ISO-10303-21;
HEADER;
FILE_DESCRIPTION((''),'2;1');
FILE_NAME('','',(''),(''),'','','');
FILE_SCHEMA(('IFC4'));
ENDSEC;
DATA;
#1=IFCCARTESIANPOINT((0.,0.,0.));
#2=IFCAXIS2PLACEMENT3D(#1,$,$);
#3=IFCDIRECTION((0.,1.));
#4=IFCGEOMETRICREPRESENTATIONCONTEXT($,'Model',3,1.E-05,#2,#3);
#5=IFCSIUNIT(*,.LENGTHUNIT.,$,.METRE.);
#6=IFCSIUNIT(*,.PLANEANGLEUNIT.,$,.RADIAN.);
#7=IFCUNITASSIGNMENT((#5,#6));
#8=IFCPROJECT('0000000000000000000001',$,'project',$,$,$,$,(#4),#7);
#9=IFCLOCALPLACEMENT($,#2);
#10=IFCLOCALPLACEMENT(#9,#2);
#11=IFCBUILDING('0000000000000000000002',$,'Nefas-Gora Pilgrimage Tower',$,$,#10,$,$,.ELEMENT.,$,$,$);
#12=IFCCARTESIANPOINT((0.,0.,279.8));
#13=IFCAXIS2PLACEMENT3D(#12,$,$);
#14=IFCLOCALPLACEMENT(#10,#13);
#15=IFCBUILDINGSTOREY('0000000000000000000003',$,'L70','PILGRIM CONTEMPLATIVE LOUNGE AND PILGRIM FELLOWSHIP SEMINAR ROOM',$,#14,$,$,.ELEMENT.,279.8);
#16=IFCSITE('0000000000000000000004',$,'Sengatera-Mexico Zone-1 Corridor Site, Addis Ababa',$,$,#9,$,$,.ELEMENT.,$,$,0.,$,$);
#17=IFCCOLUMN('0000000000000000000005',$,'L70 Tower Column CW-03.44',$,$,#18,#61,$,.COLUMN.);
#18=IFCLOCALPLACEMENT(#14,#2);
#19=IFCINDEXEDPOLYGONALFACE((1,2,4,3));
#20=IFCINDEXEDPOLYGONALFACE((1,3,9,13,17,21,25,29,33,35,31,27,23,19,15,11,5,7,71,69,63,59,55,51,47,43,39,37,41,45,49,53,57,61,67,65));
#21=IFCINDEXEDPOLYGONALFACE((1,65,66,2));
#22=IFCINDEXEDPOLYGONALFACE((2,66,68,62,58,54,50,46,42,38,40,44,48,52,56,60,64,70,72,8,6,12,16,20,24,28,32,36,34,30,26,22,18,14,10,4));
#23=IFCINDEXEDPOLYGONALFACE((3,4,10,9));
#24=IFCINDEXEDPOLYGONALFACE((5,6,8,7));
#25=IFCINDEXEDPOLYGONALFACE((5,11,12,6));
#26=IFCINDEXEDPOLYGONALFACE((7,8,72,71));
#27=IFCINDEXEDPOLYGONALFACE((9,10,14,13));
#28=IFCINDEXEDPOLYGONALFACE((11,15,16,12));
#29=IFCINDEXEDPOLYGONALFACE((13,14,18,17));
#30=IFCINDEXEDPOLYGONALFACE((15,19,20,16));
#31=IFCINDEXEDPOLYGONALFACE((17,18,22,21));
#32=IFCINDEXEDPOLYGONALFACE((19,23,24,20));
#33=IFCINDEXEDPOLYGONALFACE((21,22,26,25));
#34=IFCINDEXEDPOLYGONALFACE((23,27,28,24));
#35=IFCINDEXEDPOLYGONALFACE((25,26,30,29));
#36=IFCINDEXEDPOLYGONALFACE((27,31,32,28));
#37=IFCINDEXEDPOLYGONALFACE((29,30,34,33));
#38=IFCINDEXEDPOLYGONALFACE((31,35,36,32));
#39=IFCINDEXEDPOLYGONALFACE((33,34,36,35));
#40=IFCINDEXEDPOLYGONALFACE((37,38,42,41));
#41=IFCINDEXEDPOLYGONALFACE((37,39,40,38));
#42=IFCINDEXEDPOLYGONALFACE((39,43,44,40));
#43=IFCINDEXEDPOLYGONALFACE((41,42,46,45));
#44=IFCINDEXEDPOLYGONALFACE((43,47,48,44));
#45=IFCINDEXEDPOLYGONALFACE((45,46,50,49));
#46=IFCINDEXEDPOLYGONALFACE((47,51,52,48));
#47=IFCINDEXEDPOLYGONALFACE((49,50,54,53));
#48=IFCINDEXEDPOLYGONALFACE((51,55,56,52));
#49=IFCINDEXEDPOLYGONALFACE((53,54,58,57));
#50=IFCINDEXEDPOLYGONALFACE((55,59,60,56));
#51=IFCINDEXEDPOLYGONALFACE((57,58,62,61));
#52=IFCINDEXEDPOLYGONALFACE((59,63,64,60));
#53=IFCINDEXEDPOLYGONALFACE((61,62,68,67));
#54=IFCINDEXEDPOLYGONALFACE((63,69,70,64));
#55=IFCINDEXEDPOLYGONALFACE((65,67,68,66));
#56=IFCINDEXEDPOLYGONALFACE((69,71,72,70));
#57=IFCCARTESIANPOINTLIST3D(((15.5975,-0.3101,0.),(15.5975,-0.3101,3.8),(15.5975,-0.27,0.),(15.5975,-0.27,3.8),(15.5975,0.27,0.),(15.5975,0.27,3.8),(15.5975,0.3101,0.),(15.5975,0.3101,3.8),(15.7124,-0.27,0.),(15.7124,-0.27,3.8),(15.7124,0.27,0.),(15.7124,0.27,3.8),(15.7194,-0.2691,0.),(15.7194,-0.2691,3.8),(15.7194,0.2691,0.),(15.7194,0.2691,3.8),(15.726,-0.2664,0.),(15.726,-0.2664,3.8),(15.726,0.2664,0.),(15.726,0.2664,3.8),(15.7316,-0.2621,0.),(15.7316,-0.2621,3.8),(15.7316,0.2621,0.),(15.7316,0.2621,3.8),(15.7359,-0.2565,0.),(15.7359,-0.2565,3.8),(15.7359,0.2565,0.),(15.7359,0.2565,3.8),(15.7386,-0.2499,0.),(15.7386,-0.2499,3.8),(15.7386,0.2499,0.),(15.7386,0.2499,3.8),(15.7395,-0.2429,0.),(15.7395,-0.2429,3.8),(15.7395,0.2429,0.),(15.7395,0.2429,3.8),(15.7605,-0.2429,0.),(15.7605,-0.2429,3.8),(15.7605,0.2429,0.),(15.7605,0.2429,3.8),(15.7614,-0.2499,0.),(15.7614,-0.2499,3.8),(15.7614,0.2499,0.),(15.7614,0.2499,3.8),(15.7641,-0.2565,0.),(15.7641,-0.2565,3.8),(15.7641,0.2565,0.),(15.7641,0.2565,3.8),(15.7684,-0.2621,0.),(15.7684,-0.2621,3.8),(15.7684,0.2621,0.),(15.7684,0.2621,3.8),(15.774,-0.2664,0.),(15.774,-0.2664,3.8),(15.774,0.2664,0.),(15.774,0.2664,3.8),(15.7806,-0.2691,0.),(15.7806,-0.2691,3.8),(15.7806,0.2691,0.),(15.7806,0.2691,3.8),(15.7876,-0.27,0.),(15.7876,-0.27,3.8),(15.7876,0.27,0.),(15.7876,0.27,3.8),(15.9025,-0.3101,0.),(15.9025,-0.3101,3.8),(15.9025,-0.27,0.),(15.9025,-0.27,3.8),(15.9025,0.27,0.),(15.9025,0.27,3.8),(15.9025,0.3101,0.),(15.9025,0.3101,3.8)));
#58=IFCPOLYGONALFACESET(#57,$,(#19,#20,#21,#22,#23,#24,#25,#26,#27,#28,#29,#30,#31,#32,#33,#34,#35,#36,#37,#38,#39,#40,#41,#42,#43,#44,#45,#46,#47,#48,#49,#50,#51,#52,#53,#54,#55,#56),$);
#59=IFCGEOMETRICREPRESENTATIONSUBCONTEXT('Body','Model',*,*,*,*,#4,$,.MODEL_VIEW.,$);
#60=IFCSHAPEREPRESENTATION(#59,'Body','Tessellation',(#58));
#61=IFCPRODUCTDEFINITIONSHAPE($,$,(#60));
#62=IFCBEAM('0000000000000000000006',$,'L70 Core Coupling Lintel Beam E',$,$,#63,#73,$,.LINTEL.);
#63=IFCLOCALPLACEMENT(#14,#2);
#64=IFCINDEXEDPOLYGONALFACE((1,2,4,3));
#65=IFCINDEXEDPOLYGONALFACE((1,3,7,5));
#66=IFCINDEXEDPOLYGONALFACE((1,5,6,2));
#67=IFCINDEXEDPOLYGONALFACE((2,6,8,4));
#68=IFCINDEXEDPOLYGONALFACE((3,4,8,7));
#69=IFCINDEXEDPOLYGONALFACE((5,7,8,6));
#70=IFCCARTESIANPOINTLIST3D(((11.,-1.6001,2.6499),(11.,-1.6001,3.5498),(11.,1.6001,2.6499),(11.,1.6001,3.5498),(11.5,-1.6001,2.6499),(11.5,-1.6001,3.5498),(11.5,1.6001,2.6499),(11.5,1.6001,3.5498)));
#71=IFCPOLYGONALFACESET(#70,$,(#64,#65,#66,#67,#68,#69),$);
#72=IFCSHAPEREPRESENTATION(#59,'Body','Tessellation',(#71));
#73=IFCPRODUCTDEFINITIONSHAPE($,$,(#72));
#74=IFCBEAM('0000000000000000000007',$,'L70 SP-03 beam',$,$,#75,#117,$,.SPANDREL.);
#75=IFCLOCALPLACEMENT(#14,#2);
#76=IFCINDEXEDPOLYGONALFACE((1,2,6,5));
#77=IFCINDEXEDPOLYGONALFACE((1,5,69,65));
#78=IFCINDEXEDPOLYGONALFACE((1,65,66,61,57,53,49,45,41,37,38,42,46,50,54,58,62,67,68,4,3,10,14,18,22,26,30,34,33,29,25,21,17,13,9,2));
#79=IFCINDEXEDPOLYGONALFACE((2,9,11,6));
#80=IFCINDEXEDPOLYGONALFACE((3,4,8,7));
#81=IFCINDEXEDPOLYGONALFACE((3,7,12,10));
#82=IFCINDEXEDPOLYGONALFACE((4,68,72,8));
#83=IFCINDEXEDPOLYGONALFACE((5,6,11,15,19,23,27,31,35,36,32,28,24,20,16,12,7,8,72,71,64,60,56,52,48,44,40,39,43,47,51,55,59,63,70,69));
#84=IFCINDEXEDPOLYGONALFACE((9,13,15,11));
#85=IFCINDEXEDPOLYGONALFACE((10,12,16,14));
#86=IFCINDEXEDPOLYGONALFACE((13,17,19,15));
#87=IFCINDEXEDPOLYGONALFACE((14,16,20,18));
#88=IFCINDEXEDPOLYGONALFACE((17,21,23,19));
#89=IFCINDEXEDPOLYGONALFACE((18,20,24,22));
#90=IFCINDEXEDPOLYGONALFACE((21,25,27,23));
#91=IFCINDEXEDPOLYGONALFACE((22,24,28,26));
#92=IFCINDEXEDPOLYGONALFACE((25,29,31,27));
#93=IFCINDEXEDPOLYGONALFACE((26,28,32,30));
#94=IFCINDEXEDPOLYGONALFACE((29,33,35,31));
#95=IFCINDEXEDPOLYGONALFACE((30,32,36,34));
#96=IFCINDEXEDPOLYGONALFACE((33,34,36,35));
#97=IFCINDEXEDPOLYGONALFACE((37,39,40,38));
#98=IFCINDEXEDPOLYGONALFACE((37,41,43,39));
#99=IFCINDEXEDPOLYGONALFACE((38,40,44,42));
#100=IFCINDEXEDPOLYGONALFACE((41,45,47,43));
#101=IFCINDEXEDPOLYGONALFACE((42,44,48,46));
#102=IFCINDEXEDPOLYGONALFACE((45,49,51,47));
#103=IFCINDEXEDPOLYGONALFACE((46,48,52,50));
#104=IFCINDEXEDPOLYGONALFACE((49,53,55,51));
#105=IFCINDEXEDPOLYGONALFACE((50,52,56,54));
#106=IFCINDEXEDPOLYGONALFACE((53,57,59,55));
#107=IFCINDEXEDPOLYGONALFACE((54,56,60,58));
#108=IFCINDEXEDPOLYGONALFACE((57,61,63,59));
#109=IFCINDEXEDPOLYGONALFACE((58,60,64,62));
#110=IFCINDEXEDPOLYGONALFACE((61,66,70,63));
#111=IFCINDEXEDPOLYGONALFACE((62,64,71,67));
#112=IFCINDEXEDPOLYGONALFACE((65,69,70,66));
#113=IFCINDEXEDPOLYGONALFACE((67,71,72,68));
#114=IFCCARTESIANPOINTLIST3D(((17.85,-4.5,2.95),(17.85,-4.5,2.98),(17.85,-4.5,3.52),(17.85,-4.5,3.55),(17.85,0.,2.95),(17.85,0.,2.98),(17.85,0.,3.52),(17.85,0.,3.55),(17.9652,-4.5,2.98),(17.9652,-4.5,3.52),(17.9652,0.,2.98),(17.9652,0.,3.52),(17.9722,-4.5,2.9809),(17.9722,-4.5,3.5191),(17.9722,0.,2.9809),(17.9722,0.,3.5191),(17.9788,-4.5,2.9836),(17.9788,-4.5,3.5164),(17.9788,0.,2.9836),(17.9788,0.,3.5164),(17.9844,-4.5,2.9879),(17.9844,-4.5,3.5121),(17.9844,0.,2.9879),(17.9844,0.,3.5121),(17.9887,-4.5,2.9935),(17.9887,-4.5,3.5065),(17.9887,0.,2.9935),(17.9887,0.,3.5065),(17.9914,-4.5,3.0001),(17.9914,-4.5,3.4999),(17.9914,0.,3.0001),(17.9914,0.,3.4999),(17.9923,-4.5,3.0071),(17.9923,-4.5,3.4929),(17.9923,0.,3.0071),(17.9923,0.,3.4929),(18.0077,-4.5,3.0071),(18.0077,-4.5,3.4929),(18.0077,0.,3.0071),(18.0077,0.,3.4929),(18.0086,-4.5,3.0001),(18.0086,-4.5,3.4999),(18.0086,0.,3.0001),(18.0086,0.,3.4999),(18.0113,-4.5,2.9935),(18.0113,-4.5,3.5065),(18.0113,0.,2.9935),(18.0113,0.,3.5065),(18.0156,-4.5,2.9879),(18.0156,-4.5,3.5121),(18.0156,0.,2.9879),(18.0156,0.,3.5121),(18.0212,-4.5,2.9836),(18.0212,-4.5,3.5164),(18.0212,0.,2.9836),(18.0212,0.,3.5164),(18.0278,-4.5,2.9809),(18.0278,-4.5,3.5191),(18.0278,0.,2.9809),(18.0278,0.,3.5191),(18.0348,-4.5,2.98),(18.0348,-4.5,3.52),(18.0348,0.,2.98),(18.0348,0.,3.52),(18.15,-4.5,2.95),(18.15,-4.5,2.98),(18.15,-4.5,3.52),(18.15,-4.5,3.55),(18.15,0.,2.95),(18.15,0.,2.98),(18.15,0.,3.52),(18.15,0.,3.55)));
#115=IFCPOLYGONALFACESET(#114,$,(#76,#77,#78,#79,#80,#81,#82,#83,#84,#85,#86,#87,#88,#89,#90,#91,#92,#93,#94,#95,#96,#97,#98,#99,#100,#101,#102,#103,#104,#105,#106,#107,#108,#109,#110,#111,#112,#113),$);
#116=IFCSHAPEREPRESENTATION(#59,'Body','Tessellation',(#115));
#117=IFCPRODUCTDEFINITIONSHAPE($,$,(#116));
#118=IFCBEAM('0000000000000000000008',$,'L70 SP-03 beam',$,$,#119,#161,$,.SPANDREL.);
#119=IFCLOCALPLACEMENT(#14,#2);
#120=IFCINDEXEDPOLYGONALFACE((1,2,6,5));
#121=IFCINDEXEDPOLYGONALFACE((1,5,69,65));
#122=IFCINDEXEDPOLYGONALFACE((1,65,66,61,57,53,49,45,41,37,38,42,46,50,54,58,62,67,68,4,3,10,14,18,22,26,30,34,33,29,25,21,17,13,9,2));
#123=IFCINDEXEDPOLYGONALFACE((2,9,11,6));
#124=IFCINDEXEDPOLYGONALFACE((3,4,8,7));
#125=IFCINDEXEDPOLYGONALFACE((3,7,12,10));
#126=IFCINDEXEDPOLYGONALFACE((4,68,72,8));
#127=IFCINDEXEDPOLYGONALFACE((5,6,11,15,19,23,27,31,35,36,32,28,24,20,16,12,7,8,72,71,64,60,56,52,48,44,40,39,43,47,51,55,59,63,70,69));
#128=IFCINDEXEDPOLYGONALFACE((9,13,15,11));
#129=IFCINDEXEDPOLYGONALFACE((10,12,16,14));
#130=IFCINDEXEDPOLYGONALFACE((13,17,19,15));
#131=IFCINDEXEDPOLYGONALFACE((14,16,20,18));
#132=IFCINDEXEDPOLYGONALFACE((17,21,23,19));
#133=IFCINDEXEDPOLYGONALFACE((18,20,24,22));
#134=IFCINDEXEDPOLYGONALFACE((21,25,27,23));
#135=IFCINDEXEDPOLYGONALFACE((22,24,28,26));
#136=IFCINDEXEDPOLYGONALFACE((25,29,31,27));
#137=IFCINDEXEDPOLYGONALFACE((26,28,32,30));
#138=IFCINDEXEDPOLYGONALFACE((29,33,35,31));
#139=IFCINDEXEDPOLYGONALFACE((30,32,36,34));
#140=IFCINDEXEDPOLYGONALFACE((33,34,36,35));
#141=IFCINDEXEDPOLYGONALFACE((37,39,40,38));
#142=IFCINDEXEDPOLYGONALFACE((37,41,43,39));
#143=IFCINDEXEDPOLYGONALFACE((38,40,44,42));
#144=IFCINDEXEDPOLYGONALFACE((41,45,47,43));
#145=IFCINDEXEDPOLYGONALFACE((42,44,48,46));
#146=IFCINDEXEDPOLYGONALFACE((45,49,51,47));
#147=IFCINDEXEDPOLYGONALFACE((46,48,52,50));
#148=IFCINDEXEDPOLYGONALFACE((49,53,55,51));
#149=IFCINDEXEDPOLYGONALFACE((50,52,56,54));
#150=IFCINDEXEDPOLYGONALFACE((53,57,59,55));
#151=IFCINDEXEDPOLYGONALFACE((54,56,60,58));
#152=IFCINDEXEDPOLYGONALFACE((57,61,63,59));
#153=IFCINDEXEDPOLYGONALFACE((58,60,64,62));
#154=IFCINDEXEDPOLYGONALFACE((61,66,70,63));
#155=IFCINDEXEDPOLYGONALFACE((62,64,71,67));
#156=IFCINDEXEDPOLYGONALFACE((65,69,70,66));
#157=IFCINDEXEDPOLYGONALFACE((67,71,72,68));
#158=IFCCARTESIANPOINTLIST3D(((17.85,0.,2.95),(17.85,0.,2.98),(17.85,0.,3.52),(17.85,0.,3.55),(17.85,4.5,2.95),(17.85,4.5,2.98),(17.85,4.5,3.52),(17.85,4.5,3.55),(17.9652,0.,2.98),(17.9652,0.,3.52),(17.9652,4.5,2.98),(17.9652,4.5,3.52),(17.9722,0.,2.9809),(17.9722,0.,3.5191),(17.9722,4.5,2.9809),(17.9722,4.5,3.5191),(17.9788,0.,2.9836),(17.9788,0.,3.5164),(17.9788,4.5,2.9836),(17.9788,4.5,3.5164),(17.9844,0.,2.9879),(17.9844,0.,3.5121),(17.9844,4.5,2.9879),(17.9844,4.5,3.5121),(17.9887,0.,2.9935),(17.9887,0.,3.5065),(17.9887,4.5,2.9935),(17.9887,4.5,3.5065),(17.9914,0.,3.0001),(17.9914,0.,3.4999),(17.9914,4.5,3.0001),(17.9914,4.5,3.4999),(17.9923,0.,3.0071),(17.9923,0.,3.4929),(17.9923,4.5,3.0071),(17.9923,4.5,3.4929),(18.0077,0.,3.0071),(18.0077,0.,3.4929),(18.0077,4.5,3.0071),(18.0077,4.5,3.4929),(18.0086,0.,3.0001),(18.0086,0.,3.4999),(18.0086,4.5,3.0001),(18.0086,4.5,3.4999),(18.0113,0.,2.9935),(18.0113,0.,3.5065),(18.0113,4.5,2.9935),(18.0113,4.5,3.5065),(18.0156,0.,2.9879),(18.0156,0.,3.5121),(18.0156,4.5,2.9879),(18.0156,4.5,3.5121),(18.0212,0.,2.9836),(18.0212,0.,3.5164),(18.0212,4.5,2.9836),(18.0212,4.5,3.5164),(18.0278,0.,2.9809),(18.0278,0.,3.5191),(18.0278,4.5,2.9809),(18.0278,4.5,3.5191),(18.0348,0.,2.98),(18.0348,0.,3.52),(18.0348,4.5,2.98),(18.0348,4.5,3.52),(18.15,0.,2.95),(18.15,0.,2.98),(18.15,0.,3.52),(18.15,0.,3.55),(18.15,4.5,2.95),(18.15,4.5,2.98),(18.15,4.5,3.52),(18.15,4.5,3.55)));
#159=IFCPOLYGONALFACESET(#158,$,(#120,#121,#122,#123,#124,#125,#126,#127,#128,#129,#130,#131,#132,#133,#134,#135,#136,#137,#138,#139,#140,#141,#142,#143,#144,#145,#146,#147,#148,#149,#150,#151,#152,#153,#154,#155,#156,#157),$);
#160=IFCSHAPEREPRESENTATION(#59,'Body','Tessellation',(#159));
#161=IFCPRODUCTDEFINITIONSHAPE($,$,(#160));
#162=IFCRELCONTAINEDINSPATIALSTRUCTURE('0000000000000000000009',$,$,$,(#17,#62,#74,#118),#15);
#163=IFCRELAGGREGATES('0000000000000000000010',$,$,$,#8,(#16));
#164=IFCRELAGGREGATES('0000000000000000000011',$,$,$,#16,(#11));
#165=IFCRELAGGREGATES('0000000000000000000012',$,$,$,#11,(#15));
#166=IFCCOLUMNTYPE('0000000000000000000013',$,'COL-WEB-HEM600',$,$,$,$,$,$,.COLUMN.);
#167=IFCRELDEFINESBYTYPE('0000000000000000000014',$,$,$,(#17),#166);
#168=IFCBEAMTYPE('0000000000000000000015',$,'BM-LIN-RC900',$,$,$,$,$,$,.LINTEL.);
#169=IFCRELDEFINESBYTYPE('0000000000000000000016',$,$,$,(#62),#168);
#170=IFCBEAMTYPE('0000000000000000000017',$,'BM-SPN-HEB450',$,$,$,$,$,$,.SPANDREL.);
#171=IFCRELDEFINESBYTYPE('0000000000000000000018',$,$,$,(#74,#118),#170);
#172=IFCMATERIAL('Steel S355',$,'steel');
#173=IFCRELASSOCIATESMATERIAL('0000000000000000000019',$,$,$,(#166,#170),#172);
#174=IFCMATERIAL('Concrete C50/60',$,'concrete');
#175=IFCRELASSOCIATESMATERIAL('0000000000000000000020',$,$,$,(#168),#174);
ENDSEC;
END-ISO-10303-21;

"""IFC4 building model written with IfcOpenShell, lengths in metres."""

from ifc_helpers import new_model, si_unit, direction, frame, origin, origin_2d, place, context, subcontext, project, spatial, rectangle, i_section, extrude, source, transform, mapped, material, material_profile, profile_set, type_object, element, save


model = new_model("IFC4")

# Units and contexts
model_context = context("Model", 3, precision=1e-05, world=origin(), true_north=direction((0.0, 1.0)))
body_context = subcontext(model_context, "Body", "Model", "MODEL_VIEW")
ifc_project = project(units=[si_unit("LENGTHUNIT", "METRE"), si_unit("PLANEANGLEUNIT", "RADIAN")], contexts=[model_context])

# Site, building, storey
site_placement = place(None, origin())
site = spatial("IfcSite", under=ifc_project, at=site_placement, Name="Sengatera-Mexico Zone-1 Corridor Site, Addis Ababa", CompositionType="ELEMENT", RefElevation=0.0)
building_placement = place(site_placement, origin())
building = spatial("IfcBuilding", under=site, at=building_placement, Name="Nefas-Gora Pilgrimage Tower", CompositionType="ELEMENT")
storey_placement = place(building_placement, frame((0.0, 0.0, 279.8)))
storey = spatial("IfcBuildingStorey", under=building, at=storey_placement, Name="L70", Description="PILGRIM CONTEMPLATIVE LOUNGE AND PILGRIM FELLOWSHIP SEMINAR ROOM", CompositionType="ELEMENT", Elevation=279.8)

# Column
ifc_material_1 = material(Name="Steel S355", Category="steel")
ifc_material_profile_1 = material_profile(ifc_material_1, i_section(OverallWidth=0.3049, OverallDepth=0.6201, WebThickness=0.021, FlangeThickness=0.04, FilletRadius=0.0271, at=origin_2d()), Name="HEM 600")
ifc_profile_set_1 = profile_set([ifc_material_profile_1], Name="Steel S355")
column_type_1 = type_object("IfcColumnType", Name="COL-WEB-HEM600", PredefinedType="COLUMN", material=ifc_profile_set_1)
shared_shape_1 = source(origin(), body_context, "Body", "SweptSolid", [
    extrude(i_section(OverallWidth=0.3049, OverallDepth=0.6201, WebThickness=0.021, FlangeThickness=0.04, FilletRadius=0.0271, at=origin_2d()), origin(), (0.0, 0.0, 1.0), 3.8),
])
for number, where, z_axis, x_axis, name in (
    (1, (15.75, 0.0, 0.0), (0.0, 0.0, 1.0), (1.0, 0.0, 0.0), "L70 Tower Column CW-03.44"),
):
    element("IfcColumn", number, at=place(storey_placement, frame(where, z_axis=z_axis, x_axis=x_axis)), inside=storey, type_object=column_type_1, Name=name, PredefinedType="COLUMN", context=body_context, shape_type="MappedRepresentation", body=[
        mapped(shared_shape_1, transform((0.0, 0.0, 0.0), x_axis=(1.0, 0.0, 0.0), y_axis=(0.0, 1.0, 0.0), z_axis=(0.0, 0.0, 1.0), scale=1.0)),
    ])

# Beams
ifc_material_2 = material(Name="Concrete C50/60", Category="concrete")
ifc_material_profile_2 = material_profile(ifc_material_2, rectangle(XDim=0.5, YDim=0.8999, at=origin_2d()), Name="RC 500x900")
ifc_profile_set_2 = profile_set([ifc_material_profile_2], Name="Concrete C50/60")
beam_type_1 = type_object("IfcBeamType", Name="BM-LIN-RC900", PredefinedType="LINTEL", material=ifc_profile_set_2)
shared_shape_2 = source(origin(), body_context, "Body", "SweptSolid", [
    extrude(rectangle(XDim=0.5, YDim=0.8999, at=origin_2d()), origin(), (0.0, 0.0, 1.0), 3.2002),
])
beam_placement = place(storey_placement, frame((11.25, -1.6001, 3.0999), z_axis=(0.0, 1.0, 0.0), x_axis=(-1.0, 0.0, 0.0)))
element("IfcBeam", 2, at=beam_placement, inside=storey, type_object=beam_type_1, Name="L70 Core Coupling Lintel Beam E", PredefinedType="LINTEL", context=body_context, shape_type="MappedRepresentation", body=[
    mapped(shared_shape_2, transform((0.0, 0.0, 0.0), x_axis=(1.0, 0.0, 0.0), y_axis=(0.0, 1.0, 0.0), z_axis=(0.0, 0.0, 1.0), scale=1.0)),
])
ifc_material_profile_3 = material_profile(ifc_material_1, i_section(OverallWidth=0.3, OverallDepth=0.6001, WebThickness=0.0154, FlangeThickness=0.03, FilletRadius=0.0271, at=origin_2d()), Name="HEB 600")
ifc_profile_set_3 = profile_set([ifc_material_profile_3], Name="Steel S355")
beam_type_2 = type_object("IfcBeamType", Name="BM-SPN-HEB450", PredefinedType="SPANDREL", material=ifc_profile_set_3)
shared_shape_3 = source(origin(), body_context, "Body", "SweptSolid", [
    extrude(i_section(OverallWidth=0.3, OverallDepth=0.6001, WebThickness=0.0154, FlangeThickness=0.03, FilletRadius=0.0271, at=origin_2d()), origin(), (0.0, 0.0, 1.0), 4.5),
])
for number, where, z_axis, x_axis, name in (
    (3, (18.0, -4.5, 3.25), (0.0, 1.0, 0.0), (-1.0, 0.0, 0.0), "L70 SP-03 beam"),
    (4, (18.0, 0.0, 3.25), (0.0, 1.0, 0.0), (-1.0, 0.0, 0.0), "L70 SP-03 beam"),
):
    element("IfcBeam", number, at=place(storey_placement, frame(where, z_axis=z_axis, x_axis=x_axis)), inside=storey, type_object=beam_type_2, Name=name, PredefinedType="SPANDREL", context=body_context, shape_type="MappedRepresentation", body=[
        mapped(shared_shape_3, transform((0.0, 0.0, 0.0), x_axis=(1.0, 0.0, 0.0), y_axis=(0.0, 1.0, 0.0), z_axis=(0.0, 0.0, 1.0), scale=1.0)),
    ])

save(model, "model.ifc")
